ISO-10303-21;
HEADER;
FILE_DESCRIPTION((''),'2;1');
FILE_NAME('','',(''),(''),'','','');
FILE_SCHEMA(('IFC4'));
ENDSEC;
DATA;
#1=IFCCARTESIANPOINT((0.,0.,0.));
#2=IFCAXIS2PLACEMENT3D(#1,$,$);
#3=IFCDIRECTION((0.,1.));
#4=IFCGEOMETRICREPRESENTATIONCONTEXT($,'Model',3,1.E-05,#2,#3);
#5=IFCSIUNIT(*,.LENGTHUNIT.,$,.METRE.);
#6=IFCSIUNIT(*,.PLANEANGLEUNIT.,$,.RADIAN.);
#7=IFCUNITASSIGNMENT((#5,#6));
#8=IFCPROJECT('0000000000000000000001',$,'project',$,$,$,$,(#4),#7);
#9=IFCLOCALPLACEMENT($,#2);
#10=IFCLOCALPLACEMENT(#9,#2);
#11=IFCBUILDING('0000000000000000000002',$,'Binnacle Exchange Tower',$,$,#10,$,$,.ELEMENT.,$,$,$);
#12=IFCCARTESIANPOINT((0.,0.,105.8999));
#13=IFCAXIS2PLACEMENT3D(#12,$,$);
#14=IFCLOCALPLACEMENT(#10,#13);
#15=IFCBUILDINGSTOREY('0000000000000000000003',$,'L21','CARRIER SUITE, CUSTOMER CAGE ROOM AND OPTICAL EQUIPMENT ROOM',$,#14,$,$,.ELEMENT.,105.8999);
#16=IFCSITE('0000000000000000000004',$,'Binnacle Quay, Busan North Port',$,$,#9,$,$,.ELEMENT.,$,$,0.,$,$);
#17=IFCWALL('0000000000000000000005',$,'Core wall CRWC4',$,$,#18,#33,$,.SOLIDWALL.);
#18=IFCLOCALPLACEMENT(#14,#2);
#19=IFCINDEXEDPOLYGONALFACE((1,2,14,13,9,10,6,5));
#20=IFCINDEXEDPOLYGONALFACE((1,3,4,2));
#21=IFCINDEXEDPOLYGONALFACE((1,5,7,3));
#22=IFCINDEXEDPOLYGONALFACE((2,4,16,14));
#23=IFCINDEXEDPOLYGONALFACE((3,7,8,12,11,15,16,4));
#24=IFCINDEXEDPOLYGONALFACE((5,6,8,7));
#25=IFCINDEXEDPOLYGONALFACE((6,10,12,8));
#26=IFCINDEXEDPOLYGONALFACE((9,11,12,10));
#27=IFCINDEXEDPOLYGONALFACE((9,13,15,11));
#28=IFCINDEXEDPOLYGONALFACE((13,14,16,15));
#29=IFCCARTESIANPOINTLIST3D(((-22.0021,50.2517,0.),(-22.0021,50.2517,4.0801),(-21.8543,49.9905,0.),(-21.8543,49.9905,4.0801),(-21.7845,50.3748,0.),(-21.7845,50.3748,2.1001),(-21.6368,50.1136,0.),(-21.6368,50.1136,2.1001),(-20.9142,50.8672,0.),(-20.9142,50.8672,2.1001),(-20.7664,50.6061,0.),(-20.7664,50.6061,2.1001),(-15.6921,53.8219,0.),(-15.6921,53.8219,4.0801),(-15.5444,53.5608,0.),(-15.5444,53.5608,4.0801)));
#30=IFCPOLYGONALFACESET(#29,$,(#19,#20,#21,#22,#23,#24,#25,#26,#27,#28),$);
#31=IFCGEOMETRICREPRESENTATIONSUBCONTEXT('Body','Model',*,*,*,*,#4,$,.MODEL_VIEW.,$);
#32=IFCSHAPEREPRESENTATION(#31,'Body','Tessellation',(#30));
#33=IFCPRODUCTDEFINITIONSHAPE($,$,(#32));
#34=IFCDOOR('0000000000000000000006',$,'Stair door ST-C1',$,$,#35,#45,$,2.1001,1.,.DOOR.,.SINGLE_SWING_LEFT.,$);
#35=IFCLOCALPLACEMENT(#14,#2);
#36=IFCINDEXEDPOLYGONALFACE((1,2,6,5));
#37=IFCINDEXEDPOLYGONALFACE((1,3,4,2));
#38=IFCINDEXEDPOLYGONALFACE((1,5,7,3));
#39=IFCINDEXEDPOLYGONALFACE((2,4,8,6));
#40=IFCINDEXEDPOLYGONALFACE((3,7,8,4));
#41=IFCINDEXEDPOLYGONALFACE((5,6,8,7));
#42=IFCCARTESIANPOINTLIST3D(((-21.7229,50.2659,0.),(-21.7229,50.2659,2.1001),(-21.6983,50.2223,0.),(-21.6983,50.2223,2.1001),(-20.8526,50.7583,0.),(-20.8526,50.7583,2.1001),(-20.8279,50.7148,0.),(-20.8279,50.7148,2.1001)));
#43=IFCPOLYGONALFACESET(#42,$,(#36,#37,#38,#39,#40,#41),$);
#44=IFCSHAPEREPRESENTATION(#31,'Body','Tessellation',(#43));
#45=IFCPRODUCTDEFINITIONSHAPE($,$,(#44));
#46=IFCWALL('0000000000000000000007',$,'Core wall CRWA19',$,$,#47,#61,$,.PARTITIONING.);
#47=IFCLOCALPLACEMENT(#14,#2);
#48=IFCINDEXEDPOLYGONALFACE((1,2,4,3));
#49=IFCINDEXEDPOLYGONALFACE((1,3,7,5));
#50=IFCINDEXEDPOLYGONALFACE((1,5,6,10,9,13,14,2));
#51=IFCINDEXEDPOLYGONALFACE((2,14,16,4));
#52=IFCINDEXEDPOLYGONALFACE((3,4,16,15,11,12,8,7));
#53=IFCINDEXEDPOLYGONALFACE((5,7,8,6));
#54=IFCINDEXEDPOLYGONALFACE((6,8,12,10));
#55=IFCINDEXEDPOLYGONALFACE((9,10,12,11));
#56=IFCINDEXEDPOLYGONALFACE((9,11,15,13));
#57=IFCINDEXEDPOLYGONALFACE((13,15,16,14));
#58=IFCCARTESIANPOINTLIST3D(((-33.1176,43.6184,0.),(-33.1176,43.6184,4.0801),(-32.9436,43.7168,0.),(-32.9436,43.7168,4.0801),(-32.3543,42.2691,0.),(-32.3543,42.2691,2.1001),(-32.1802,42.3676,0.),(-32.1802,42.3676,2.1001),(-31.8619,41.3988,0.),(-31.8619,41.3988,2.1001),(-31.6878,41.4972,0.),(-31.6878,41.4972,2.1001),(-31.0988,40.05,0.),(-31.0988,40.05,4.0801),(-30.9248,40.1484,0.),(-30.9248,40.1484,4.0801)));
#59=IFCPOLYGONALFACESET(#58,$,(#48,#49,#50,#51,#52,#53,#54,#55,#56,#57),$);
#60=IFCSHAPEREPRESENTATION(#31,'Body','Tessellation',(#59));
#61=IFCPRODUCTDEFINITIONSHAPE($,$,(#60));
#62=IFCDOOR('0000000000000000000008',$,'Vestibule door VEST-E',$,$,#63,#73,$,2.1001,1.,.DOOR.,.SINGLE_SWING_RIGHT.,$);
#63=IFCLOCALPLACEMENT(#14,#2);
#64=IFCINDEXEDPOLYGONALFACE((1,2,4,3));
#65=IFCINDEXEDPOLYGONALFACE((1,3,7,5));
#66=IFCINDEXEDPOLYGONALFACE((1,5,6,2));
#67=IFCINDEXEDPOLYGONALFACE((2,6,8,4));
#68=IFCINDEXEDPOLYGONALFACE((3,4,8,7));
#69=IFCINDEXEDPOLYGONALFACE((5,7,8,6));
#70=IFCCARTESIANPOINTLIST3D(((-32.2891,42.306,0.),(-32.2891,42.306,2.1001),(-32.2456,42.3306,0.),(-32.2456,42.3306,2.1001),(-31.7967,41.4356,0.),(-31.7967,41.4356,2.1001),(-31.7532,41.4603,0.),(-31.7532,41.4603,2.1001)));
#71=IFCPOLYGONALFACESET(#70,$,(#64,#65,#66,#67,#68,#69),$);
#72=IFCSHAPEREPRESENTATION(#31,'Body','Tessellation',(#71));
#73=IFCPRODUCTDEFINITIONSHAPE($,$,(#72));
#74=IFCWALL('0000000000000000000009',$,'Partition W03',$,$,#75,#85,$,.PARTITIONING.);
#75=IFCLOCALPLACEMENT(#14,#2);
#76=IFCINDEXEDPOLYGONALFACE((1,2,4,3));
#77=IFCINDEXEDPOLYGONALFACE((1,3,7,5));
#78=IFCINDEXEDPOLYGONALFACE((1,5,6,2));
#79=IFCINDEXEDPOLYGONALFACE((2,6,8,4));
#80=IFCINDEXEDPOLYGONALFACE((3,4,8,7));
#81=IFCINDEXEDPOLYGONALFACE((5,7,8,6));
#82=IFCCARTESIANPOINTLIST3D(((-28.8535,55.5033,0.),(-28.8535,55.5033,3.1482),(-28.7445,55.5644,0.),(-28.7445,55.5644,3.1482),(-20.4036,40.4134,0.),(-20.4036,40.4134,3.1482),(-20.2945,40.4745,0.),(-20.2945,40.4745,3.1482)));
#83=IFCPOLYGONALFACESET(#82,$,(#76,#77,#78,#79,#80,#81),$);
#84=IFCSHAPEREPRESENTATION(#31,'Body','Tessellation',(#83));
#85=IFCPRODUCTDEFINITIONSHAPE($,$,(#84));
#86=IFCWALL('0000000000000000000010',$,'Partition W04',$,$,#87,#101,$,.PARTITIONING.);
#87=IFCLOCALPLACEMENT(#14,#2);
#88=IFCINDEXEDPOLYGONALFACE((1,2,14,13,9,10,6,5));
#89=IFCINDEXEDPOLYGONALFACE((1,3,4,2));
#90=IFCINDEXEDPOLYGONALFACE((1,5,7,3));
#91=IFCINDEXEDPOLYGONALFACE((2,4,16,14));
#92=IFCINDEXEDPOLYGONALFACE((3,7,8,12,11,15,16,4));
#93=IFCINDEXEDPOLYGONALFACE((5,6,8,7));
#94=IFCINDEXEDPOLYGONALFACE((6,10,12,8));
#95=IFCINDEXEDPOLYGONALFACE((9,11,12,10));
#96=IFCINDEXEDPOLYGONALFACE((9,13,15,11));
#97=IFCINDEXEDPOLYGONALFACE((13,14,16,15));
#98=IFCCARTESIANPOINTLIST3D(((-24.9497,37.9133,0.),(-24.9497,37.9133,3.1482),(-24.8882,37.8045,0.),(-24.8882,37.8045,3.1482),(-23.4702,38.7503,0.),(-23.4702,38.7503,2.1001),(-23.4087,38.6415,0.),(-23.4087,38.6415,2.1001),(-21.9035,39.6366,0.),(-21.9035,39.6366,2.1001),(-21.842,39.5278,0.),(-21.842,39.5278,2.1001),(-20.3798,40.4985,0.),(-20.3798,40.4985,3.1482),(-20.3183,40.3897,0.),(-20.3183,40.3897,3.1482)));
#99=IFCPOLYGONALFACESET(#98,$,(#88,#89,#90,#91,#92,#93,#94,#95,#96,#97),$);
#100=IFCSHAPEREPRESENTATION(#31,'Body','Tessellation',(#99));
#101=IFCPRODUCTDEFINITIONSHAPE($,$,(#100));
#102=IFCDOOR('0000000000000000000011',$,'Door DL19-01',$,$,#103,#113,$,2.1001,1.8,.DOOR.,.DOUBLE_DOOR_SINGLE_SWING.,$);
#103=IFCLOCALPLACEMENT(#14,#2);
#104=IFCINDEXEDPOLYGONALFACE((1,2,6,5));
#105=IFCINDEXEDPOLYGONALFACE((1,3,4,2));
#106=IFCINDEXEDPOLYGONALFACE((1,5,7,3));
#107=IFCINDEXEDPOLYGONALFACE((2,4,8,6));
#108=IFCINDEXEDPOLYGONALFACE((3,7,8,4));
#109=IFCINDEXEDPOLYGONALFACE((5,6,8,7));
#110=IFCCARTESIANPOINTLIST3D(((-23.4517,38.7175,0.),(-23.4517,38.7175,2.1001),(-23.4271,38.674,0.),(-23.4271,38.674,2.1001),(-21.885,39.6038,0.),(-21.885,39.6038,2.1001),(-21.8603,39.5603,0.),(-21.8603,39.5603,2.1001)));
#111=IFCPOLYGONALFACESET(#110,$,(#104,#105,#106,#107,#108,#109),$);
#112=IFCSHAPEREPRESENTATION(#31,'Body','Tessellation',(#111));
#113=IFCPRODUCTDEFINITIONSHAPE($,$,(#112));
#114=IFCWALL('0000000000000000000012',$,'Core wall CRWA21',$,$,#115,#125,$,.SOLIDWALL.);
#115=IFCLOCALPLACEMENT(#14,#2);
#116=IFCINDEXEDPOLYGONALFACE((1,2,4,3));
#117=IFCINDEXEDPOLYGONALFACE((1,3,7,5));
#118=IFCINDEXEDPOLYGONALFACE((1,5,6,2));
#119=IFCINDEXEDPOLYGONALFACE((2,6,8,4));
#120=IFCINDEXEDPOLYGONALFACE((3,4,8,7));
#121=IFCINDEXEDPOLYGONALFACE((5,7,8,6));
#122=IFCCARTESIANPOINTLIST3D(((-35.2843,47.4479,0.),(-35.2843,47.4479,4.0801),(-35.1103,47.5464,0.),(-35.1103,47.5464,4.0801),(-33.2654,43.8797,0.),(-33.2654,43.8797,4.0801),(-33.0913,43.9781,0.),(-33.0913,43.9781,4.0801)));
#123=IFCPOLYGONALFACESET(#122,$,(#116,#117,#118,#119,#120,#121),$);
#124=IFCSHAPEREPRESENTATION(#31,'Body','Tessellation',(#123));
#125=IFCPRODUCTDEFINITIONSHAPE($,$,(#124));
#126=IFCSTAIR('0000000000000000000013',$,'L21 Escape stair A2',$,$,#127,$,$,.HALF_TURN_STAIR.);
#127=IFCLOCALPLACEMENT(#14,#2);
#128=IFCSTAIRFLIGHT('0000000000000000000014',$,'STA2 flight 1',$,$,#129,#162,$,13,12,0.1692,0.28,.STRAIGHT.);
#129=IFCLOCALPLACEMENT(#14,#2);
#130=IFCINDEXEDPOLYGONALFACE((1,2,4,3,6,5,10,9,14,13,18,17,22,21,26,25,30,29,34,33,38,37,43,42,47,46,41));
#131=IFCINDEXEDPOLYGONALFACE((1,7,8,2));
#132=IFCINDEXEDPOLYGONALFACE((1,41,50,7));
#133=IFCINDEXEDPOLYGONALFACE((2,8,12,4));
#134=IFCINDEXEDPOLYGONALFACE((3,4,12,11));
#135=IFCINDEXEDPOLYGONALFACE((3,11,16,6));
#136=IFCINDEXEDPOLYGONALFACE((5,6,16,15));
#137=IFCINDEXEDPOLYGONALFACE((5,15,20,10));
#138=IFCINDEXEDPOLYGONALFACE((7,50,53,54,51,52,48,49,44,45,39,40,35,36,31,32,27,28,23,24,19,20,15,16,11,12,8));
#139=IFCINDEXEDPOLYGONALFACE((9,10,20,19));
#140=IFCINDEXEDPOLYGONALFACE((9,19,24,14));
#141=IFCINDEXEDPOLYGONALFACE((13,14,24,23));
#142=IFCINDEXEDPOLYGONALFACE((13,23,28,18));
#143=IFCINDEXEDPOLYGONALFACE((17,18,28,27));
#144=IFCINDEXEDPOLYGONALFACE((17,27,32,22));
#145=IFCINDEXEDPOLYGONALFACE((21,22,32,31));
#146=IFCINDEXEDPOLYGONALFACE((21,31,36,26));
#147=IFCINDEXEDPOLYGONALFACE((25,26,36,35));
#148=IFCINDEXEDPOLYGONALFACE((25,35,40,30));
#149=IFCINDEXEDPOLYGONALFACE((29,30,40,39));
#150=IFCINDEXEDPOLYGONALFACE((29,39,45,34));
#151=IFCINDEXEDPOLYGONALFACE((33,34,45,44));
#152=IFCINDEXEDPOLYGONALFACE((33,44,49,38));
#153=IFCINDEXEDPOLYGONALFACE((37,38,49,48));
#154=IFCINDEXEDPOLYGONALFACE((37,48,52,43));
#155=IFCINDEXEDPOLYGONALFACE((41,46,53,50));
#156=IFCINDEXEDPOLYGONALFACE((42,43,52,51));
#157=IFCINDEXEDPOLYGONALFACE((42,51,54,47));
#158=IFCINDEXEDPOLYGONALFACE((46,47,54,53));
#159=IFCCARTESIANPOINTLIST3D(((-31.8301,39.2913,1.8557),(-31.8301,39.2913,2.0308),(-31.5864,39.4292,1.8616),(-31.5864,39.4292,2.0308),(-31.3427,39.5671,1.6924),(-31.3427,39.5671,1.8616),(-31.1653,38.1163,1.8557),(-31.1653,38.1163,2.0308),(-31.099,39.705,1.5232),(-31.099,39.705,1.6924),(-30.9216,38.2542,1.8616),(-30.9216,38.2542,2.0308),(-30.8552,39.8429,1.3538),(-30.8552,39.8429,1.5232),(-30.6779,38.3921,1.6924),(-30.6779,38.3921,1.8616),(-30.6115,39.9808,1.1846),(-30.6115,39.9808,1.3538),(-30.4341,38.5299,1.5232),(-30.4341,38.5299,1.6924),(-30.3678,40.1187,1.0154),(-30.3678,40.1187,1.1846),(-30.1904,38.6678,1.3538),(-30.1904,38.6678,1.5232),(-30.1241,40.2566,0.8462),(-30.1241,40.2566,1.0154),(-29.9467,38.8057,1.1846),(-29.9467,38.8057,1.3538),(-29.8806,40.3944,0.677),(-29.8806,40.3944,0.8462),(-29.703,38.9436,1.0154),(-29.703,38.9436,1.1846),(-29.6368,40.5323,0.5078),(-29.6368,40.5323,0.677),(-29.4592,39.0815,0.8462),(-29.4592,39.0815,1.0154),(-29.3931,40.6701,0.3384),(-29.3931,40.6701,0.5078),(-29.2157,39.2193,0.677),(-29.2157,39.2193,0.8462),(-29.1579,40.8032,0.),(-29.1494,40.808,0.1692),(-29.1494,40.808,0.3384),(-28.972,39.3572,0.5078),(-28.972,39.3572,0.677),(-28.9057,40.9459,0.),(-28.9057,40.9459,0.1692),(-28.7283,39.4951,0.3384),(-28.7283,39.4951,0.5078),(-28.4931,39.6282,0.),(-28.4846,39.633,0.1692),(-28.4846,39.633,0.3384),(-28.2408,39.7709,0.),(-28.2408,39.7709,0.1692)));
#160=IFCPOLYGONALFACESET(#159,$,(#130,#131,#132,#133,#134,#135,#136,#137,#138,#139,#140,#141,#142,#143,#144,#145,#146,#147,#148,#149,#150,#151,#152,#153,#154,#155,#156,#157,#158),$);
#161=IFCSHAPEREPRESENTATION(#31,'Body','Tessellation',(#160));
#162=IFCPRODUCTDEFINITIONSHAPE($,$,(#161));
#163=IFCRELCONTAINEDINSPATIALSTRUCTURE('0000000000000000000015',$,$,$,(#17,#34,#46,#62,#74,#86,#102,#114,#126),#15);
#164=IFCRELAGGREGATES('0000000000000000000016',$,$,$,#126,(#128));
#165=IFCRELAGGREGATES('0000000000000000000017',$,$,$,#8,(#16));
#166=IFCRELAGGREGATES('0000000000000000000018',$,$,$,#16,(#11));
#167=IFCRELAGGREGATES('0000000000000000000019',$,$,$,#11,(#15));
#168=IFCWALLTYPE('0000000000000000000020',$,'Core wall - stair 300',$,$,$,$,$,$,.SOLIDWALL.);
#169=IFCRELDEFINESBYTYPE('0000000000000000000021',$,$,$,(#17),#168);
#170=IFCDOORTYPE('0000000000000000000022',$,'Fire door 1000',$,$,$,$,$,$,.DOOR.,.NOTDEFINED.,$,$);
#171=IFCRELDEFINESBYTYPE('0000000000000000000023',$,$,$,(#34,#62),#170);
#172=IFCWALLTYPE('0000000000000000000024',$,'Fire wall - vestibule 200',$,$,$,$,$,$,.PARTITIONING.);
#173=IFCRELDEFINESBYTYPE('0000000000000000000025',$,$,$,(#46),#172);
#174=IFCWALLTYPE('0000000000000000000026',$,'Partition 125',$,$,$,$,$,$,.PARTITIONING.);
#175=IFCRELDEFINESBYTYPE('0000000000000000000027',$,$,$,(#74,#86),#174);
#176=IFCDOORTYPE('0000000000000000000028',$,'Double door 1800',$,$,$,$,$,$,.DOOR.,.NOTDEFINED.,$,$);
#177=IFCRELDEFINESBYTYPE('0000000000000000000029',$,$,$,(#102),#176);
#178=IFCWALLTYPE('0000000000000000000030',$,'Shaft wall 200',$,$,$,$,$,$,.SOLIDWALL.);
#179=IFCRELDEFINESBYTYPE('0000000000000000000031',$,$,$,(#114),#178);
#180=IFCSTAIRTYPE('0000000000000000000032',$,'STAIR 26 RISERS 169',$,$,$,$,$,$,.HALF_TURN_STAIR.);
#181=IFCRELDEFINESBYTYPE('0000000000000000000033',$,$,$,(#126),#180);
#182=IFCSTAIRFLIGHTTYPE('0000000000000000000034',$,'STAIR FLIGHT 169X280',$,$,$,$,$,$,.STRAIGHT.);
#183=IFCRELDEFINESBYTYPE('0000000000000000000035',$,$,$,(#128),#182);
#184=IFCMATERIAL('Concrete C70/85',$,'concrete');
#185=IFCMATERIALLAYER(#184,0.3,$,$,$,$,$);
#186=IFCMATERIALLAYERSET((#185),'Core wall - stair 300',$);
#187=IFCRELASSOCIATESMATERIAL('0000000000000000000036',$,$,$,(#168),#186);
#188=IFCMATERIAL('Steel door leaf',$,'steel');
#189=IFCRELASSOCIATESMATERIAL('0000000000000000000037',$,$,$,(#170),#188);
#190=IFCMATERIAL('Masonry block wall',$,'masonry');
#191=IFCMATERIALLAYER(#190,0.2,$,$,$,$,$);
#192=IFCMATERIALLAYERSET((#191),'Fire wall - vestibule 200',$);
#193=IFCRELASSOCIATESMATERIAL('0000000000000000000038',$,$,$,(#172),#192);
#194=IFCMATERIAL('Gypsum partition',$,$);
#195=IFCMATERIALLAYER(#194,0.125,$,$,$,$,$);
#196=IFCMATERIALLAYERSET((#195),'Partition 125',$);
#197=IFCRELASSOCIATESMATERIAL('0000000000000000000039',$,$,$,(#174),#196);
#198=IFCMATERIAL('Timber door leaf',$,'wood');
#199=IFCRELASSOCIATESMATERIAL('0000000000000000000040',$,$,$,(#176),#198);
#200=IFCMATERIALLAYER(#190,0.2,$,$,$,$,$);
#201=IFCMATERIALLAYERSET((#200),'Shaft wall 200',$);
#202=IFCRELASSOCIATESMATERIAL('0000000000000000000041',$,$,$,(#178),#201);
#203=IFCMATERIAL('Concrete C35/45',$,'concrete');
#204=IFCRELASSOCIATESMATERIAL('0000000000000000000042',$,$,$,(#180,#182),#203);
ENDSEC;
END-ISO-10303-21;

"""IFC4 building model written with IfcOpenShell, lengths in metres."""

from ifc_helpers import new_model, si_unit, direction, frame, frame_2d, origin, place, context, subcontext, project, spatial, polyline, rectangle, outline, extrude, material, layer, layer_set, type_object, element, fill, aggregate, save


model = new_model("IFC4")

# Units and contexts
model_context = context("Model", 3, precision=1e-05, world=origin(), true_north=direction((0.0, 1.0)))
body_context = subcontext(model_context, "Body", "Model", "MODEL_VIEW")
ifc_project = project(units=[si_unit("LENGTHUNIT", "METRE"), si_unit("PLANEANGLEUNIT", "RADIAN")], contexts=[model_context])

# Site, building, storey
site_placement = place(None, origin())
site = spatial("IfcSite", under=ifc_project, at=site_placement, Name="Binnacle Quay, Busan North Port", CompositionType="ELEMENT", RefElevation=0.0)
building_placement = place(site_placement, origin())
building = spatial("IfcBuilding", under=site, at=building_placement, Name="Binnacle Exchange Tower", CompositionType="ELEMENT")
storey_placement = place(building_placement, frame((0.0, 0.0, 105.8999)))
storey = spatial("IfcBuildingStorey", under=building, at=storey_placement, Name="L21", Description="CARRIER SUITE, CUSTOMER CAGE ROOM AND OPTICAL EQUIPMENT ROOM", CompositionType="ELEMENT", Elevation=105.8999)

# Shared definitions
ifc_material_1 = material(Name="Concrete C70/85", Category="concrete")

# Shared definitions
ifc_layer_1 = layer(ifc_material_1, 0.3)
ifc_layer_set_1 = layer_set([ifc_layer_1], Name="Core wall - stair 300")
wall_type_1 = type_object("IfcWallType", Name="Core wall - stair 300", PredefinedType="SOLIDWALL", material=ifc_layer_set_1)
ifc_material_2 = material(Name="Steel door leaf", Category="steel")
door_type_1 = type_object("IfcDoorType", Name="Fire door 1000", OperationType="NOTDEFINED", PredefinedType="DOOR", material=ifc_material_2)

# Walls, openings, doors
wall_1_placement = place(storey_placement, frame((-21.9282, 50.1211, 0.0), z_axis=(0.0, 0.0, 1.0), x_axis=(0.870341, 0.49245, 0.0)))
wall_1 = element("IfcWall", 1, at=wall_1_placement, inside=storey, type_object=wall_type_1, Name="Core wall CRWC4", PredefinedType="SOLIDWALL", context=body_context, shape_type="SweptSolid", body=[
    extrude(rectangle(XDim=7.25, YDim=0.3, at=frame_2d((3.625, 0.0))), origin(), (0.0, 0.0, 1.0), 4.0801),
])
opening_1_placement = place(wall_1_placement, frame((0.25, 0.0, 0.0)))
opening_1 = element("IfcOpeningElement", 2, at=opening_1_placement, cuts=wall_1, PredefinedType="OPENING", context=body_context, shape_type="SweptSolid", body=[
    extrude(rectangle(XDim=1.0, YDim=2.1001, at=frame_2d((0.5, 1.05))), frame((0.0, 0.1599, 0.0), z_axis=(0.0, -1.0, 0.0), x_axis=(1.0, 0.0, 0.0)), (0.0, 0.0, 1.0), 0.3201),
])
door_1_placement = place(opening_1_placement, origin())
door_1 = element("IfcDoor", 3, at=door_1_placement, inside=storey, type_object=door_type_1, Name="Stair door ST-C1", OperationType="SINGLE_SWING_LEFT", OverallHeight=2.1001, OverallWidth=1.0, PredefinedType="DOOR", context=body_context, shape_type="SweptSolid", body=[
    extrude(rectangle(XDim=1.0, YDim=2.1001, at=frame_2d((0.5, 1.05))), frame((0.0, 0.0249, 0.0), z_axis=(0.0, -1.0, 0.0), x_axis=(1.0, 0.0, 0.0)), (0.0, 0.0, 1.0), 0.05),
])
fill(opening_1, door_1)
ifc_material_3 = material(Name="Masonry block wall", Category="masonry")
ifc_layer_2 = layer(ifc_material_3, 0.2)
ifc_layer_set_2 = layer_set([ifc_layer_2], Name="Fire wall - vestibule 200")
wall_type_2 = type_object("IfcWallType", Name="Fire wall - vestibule 200", PredefinedType="PARTITIONING", material=ifc_layer_set_2)
wall_2_placement = place(storey_placement, frame((-33.0305, 43.6675, 0.0), z_axis=(0.0, 0.0, 1.0), x_axis=(0.492408, -0.870364, 0.0)))
wall_2 = element("IfcWall", 4, at=wall_2_placement, inside=storey, type_object=wall_type_2, Name="Core wall CRWA19", PredefinedType="PARTITIONING", context=body_context, shape_type="SweptSolid", body=[
    extrude(rectangle(XDim=4.0999, YDim=0.2, at=frame_2d((2.0498, 0.0))), origin(), (0.0, 0.0, 1.0), 4.0801),
])
opening_2_placement = place(wall_2_placement, frame((1.55, 0.0, 0.0)))
opening_2 = element("IfcOpeningElement", 5, at=opening_2_placement, cuts=wall_2, PredefinedType="OPENING", context=body_context, shape_type="SweptSolid", body=[
    extrude(rectangle(XDim=1.0, YDim=2.1001, at=frame_2d((0.5, 1.05))), frame((0.0, 0.1099, 0.0), z_axis=(0.0, -1.0, 0.0), x_axis=(1.0, 0.0, 0.0)), (0.0, 0.0, 1.0), 0.22),
])
door_2_placement = place(opening_2_placement, origin())
door_2 = element("IfcDoor", 6, at=door_2_placement, inside=storey, type_object=door_type_1, Name="Vestibule door VEST-E", OperationType="SINGLE_SWING_RIGHT", OverallHeight=2.1001, OverallWidth=1.0, PredefinedType="DOOR", context=body_context, shape_type="SweptSolid", body=[
    extrude(rectangle(XDim=1.0, YDim=2.1001, at=frame_2d((0.5, 1.05))), frame((0.0, 0.0249, 0.0), z_axis=(0.0, -1.0, 0.0), x_axis=(1.0, 0.0, 0.0)), (0.0, 0.0, 1.0), 0.05),
])
fill(opening_2, door_2)

# Wall
ifc_material_4 = material(Name="Gypsum partition")
ifc_layer_3 = layer(ifc_material_4, 0.125)
ifc_layer_set_3 = layer_set([ifc_layer_3], Name="Partition 125")
wall_type_3 = type_object("IfcWallType", Name="Partition 125", PredefinedType="PARTITIONING", material=ifc_layer_set_3)
wall_3_placement = place(storey_placement, frame((-28.7991, 55.5339, 0.0), z_axis=(0.0, 0.0, 1.0), x_axis=(0.488587, -0.872515, 0.0)))
element("IfcWall", 7, at=wall_3_placement, inside=storey, type_object=wall_type_3, Name="Partition W03", PredefinedType="PARTITIONING", context=body_context, shape_type="SweptSolid", body=[
    extrude(rectangle(XDim=17.2947, YDim=0.125, at=frame_2d((8.6475, 0.0))), origin(), (0.0, 0.0, 1.0), 3.1482),
])

# Wall, opening, door
wall_4_placement = place(storey_placement, frame((-24.9189, 37.8589, 0.0), z_axis=(0.0, 0.0, 1.0), x_axis=(0.870378, 0.492384, 0.0)))
wall_4 = element("IfcWall", 8, at=wall_4_placement, inside=storey, type_object=wall_type_3, Name="Partition W04", PredefinedType="PARTITIONING", context=body_context, shape_type="SweptSolid", body=[
    extrude(rectangle(XDim=5.2505, YDim=0.125, at=frame_2d((2.6252, 0.0))), origin(), (0.0, 0.0, 1.0), 3.1482),
])
opening_3_placement = place(wall_4_placement, frame((1.7, 0.0, 0.0)))
opening_3 = element("IfcOpeningElement", 9, at=opening_3_placement, cuts=wall_4, PredefinedType="OPENING", context=body_context, shape_type="SweptSolid", body=[
    extrude(rectangle(XDim=1.8, YDim=2.1001, at=frame_2d((0.8999, 1.05))), frame((0.0, 0.0725, 0.0), z_axis=(0.0, -1.0, 0.0), x_axis=(1.0, 0.0, 0.0)), (0.0, 0.0, 1.0), 0.145),
])
ifc_material_5 = material(Name="Timber door leaf", Category="wood")
door_type_2 = type_object("IfcDoorType", Name="Double door 1800", OperationType="NOTDEFINED", PredefinedType="DOOR", material=ifc_material_5)
door_3_placement = place(opening_3_placement, origin())
door_3 = element("IfcDoor", 10, at=door_3_placement, inside=storey, type_object=door_type_2, Name="Door DL19-01", OperationType="DOUBLE_DOOR_SINGLE_SWING", OverallHeight=2.1001, OverallWidth=1.8, PredefinedType="DOOR", context=body_context, shape_type="SweptSolid", body=[
    extrude(rectangle(XDim=1.8, YDim=2.1001, at=frame_2d((0.8999, 1.05))), frame((0.0, 0.0249, 0.0), z_axis=(0.0, -1.0, 0.0), x_axis=(1.0, 0.0, 0.0)), (0.0, 0.0, 1.0), 0.05),
])
fill(opening_3, door_3)

# Wall
ifc_layer_4 = layer(ifc_material_3, 0.2)
ifc_layer_set_4 = layer_set([ifc_layer_4], Name="Shaft wall 200")
wall_type_4 = type_object("IfcWallType", Name="Shaft wall 200", PredefinedType="SOLIDWALL", material=ifc_layer_set_4)
wall_5_placement = place(storey_placement, frame((-35.1973, 47.4971, 0.0), z_axis=(0.0, 0.0, 1.0), x_axis=(0.492454, -0.870339, 0.0)))
element("IfcWall", 11, at=wall_5_placement, inside=storey, type_object=wall_type_4, Name="Core wall CRWA21", PredefinedType="SOLIDWALL", context=body_context, shape_type="SweptSolid", body=[
    extrude(rectangle(XDim=4.0999, YDim=0.2, at=frame_2d((2.0498, 0.0))), origin(), (0.0, 0.0, 1.0), 4.0801),
])

# Stair, stair flight
ifc_material_6 = material(Name="Concrete C35/45", Category="concrete")
stair_type = type_object("IfcStairType", Name="STAIR 26 RISERS 169", PredefinedType="HALF_TURN_STAIR", material=ifc_material_6)
stair_placement = place(storey_placement, origin())
stair = element("IfcStair", 12, at=stair_placement, inside=storey, type_object=stair_type, Name="L21 Escape stair A2", PredefinedType="HALF_TURN_STAIR")
stair_flight_type = type_object("IfcStairFlightType", Name="STAIR FLIGHT 169X280", PredefinedType="STRAIGHT", material=ifc_material_6)
stair_flight_placement = place(storey_placement, frame((-28.5732, 40.3584, 0.0), z_axis=(0.0, 0.0, 1.0), x_axis=(-0.870356, -0.492424, 0.0)))
stair_flight = element("IfcStairFlight", 13, at=stair_flight_placement, type_object=stair_flight_type, Name="STA2 flight 1", NumberOfRisers=13, NumberOfTreads=12, PredefinedType="STRAIGHT", RiserHeight=0.1692, TreadLength=0.28, context=body_context, shape_type="SweptSolid", body=[
    extrude(outline(polyline([(0.0, 0.0), (0.0, 0.1692), (0.28, 0.1692), (0.28, 0.3384), (0.5601, 0.3384), (0.5601, 0.5078), (0.8401, 0.5078), (0.8401, 0.677), (1.1201, 0.677), (1.1201, 0.8462), (1.3999, 0.8462), (1.3999, 1.0154), (1.6799, 1.0154), (1.6799, 1.1846), (1.96, 1.1846), (1.96, 1.3538), (2.24, 1.3538), (2.24, 1.5232), (2.52, 1.5232), (2.52, 1.6924), (2.8, 1.6924), (2.8, 1.8616), (3.0801, 1.8616), (3.0801, 2.0308), (3.3601, 2.0308), (3.3601, 2.2), (3.3601, 1.8557), (0.2898, 0.0), (0.0, 0.0)])), frame((0.0, 0.675, 0.0), z_axis=(0.0, -1.0, 0.0), x_axis=(1.0, 0.0, 0.0)), (0.0, 0.0, 1.0), 1.3501),
])
aggregate(stair, [stair_flight])

save(model, "model.ifc")
